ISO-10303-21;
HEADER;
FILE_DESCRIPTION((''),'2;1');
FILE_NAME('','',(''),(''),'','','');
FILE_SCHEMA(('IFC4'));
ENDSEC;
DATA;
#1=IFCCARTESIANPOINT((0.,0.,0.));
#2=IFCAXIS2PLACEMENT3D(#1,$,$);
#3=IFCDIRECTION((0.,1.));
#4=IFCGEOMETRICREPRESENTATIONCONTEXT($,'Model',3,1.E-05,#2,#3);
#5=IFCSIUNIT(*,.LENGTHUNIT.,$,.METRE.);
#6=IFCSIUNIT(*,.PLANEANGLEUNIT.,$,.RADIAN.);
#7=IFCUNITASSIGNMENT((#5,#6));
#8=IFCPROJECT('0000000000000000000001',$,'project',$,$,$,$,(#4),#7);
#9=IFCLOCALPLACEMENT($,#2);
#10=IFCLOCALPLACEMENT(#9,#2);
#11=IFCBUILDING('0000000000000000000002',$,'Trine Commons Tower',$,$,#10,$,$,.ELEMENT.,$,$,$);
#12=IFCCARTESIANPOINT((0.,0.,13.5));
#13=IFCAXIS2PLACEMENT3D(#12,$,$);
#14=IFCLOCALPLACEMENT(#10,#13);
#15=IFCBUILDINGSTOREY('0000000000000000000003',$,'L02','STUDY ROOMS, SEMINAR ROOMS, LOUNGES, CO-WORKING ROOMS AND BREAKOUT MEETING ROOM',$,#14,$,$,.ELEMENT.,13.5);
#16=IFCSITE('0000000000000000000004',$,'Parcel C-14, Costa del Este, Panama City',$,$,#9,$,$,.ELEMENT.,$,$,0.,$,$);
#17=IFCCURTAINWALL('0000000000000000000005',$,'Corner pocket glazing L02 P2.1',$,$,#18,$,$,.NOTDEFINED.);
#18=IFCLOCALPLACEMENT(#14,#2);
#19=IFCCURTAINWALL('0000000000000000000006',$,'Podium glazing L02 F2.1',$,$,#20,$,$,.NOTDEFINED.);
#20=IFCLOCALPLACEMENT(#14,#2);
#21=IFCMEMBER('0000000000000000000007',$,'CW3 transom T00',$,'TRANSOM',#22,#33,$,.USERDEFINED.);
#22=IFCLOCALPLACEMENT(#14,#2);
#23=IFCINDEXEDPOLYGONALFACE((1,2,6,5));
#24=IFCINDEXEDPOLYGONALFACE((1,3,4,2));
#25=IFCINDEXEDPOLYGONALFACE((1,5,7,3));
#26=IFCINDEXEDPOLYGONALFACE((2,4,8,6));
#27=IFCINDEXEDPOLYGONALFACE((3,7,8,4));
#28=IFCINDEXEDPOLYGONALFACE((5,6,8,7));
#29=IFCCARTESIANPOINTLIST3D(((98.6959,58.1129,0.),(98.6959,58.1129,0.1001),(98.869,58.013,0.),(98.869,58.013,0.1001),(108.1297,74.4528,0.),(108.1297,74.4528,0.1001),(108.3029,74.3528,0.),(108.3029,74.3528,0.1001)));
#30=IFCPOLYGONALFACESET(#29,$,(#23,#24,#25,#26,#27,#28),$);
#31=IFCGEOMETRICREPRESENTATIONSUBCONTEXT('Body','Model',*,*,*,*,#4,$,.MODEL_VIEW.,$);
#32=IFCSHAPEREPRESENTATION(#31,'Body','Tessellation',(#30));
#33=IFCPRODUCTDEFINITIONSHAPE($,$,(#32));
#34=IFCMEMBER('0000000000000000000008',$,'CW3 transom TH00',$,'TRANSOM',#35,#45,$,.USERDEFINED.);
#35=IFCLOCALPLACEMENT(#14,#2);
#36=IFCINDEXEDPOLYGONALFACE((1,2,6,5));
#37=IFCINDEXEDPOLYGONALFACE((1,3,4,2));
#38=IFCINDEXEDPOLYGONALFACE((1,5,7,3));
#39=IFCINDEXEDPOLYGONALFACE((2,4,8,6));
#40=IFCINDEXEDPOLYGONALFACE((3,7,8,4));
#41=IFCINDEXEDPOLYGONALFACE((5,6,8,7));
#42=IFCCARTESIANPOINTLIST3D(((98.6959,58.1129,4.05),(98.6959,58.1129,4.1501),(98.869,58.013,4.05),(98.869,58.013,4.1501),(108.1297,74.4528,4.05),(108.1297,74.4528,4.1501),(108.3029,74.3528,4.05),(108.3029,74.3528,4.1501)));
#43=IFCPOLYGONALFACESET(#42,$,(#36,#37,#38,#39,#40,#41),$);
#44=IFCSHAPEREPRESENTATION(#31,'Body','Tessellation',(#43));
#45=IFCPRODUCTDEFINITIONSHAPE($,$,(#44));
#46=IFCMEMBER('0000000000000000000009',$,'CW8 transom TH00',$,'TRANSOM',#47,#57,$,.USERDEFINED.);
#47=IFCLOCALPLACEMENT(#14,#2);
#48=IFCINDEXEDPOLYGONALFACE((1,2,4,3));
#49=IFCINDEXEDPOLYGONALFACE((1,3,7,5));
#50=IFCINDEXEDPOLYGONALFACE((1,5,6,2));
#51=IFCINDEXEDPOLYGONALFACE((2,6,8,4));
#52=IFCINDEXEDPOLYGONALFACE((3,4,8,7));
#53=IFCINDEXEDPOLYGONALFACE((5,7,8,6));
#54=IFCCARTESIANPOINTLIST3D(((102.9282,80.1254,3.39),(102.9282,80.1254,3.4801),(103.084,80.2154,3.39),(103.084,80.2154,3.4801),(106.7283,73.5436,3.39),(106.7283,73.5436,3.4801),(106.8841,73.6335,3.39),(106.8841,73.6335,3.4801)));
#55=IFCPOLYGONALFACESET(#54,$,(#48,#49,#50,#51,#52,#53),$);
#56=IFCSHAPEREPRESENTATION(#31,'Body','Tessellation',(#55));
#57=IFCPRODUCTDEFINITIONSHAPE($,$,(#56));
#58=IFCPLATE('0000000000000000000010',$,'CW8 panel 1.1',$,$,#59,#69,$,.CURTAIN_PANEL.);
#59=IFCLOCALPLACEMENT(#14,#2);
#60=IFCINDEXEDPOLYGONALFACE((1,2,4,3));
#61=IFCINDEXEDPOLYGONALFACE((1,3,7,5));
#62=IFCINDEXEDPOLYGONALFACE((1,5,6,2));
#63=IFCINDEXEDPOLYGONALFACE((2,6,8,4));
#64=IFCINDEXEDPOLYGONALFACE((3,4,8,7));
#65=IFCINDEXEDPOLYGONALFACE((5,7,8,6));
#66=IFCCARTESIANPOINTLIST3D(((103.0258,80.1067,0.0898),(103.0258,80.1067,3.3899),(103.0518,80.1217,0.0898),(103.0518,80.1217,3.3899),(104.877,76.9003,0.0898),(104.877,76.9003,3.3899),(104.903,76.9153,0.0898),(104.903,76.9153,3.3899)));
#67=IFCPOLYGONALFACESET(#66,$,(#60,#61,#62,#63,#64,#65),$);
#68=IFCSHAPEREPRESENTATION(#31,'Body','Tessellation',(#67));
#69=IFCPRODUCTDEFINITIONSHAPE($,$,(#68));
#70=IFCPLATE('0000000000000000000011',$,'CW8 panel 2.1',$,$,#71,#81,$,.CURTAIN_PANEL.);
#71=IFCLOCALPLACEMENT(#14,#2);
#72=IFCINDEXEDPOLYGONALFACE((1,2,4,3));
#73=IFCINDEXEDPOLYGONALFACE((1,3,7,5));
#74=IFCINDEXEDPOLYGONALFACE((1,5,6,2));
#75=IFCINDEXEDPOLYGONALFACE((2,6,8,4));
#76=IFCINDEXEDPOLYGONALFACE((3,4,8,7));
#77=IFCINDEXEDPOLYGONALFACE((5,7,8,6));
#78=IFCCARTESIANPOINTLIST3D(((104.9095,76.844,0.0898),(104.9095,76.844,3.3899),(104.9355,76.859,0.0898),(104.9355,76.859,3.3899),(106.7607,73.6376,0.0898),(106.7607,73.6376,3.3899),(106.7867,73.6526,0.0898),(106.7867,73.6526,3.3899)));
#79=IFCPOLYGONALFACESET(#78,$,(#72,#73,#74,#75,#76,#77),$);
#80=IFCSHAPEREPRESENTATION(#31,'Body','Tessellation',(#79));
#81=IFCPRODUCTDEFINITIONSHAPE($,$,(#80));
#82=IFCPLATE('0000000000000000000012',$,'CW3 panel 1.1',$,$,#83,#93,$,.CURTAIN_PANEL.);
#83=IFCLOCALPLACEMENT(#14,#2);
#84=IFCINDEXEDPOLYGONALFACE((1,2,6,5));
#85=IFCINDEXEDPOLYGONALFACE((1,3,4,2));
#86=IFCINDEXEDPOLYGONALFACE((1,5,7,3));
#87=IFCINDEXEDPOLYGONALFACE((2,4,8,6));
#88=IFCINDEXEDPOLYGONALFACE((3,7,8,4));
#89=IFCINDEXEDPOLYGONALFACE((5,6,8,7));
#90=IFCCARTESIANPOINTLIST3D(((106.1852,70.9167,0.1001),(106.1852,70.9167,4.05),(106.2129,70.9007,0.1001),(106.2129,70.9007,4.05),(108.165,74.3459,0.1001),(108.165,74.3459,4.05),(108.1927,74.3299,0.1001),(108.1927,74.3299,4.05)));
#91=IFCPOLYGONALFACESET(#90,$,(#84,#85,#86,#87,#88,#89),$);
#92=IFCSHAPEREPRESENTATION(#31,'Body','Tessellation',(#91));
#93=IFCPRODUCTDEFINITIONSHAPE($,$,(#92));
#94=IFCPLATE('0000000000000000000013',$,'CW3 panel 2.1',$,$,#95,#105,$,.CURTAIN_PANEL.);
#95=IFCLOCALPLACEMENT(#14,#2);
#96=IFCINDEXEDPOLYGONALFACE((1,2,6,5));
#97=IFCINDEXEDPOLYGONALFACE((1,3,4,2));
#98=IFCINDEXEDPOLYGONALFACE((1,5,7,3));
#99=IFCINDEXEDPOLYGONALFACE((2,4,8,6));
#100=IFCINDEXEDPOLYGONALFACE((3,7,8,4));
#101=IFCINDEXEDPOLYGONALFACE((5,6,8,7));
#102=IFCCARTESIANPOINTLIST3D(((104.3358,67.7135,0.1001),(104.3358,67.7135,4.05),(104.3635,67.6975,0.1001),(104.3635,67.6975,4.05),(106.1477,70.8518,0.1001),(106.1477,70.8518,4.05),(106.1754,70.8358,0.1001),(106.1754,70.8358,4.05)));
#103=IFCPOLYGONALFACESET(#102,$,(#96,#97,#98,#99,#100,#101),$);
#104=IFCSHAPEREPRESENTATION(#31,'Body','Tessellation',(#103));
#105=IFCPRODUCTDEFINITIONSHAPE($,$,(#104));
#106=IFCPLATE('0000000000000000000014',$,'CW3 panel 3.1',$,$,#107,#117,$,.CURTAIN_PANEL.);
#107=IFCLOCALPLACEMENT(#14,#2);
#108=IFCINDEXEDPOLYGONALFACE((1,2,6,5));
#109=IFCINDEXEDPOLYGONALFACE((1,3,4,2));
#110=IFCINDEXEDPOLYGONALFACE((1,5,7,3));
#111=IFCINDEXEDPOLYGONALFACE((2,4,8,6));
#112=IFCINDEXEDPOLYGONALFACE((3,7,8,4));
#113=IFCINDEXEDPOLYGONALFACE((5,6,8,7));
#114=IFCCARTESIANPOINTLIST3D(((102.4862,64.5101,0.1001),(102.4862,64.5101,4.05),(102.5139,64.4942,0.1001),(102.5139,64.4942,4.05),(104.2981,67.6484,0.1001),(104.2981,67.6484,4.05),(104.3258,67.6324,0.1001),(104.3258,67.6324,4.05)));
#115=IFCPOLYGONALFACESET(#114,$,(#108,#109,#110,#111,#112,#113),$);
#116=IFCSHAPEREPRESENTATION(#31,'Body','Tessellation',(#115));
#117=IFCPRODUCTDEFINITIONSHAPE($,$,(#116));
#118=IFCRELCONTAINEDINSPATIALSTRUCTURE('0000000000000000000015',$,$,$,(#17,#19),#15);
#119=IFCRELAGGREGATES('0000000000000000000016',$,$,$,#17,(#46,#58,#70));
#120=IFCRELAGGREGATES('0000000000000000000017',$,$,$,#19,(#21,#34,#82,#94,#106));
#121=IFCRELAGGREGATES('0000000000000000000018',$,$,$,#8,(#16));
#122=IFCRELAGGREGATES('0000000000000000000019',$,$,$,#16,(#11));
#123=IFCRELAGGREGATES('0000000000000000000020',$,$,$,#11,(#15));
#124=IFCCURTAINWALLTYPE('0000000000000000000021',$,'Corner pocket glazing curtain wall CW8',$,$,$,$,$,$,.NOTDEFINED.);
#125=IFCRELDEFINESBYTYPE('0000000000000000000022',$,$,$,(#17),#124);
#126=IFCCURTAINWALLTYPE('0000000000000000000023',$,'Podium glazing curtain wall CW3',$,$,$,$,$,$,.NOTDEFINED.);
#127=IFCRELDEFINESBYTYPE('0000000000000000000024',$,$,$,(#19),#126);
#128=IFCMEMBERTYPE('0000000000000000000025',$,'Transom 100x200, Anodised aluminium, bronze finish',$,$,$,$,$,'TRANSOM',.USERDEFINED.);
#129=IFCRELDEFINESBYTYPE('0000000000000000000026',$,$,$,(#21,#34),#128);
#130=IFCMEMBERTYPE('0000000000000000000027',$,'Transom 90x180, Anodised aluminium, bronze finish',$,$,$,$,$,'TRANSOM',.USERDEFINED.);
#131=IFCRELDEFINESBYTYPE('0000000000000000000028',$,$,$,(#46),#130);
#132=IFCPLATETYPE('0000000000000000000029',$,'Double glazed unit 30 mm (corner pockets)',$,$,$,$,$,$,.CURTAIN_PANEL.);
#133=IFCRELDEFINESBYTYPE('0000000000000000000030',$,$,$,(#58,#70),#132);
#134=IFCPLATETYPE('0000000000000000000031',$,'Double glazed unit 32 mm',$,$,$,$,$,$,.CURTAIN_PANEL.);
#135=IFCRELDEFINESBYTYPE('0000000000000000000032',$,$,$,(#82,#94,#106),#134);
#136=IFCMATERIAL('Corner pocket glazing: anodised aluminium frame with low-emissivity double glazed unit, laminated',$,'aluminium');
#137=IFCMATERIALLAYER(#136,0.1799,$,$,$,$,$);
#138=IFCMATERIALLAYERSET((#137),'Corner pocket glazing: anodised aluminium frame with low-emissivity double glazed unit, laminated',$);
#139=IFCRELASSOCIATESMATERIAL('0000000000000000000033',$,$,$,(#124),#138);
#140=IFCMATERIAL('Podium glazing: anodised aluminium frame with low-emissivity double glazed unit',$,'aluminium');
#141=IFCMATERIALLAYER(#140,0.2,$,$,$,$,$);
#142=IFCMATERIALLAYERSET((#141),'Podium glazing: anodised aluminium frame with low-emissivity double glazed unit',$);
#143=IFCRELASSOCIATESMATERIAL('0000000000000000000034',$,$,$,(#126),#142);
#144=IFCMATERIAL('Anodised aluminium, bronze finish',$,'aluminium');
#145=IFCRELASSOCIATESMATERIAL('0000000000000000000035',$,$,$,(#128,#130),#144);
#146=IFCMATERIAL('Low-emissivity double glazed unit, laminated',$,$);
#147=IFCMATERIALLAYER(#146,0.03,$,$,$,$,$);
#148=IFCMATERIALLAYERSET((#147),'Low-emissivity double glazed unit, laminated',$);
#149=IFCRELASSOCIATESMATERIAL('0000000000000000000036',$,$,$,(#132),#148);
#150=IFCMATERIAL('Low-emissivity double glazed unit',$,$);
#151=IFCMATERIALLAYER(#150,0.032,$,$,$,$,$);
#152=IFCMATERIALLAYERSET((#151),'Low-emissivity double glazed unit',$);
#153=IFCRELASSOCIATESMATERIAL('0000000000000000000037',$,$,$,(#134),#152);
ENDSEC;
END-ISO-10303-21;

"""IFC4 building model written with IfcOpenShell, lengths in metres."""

from ifc_helpers import new_model, si_unit, direction, frame, origin, origin_2d, place, context, subcontext, project, spatial, rectangle, extrude, material, layer, layer_set, material_profile, profile_set, type_object, element, aggregate, save


model = new_model("IFC4")

# Units and contexts
model_context = context("Model", 3, precision=1e-05, world=origin(), true_north=direction((0.0, 1.0)))
body_context = subcontext(model_context, "Body", "Model", "MODEL_VIEW")
ifc_project = project(units=[si_unit("LENGTHUNIT", "METRE"), si_unit("PLANEANGLEUNIT", "RADIAN")], contexts=[model_context])

# Site, building, storey
site_placement = place(None, origin())
site = spatial("IfcSite", under=ifc_project, at=site_placement, Name="Parcel C-14, Costa del Este, Panama City", CompositionType="ELEMENT", RefElevation=0.0)
building_placement = place(site_placement, origin())
building = spatial("IfcBuilding", under=site, at=building_placement, Name="Trine Commons Tower", CompositionType="ELEMENT")
storey_placement = place(building_placement, frame((0.0, 0.0, 13.5)))
storey = spatial("IfcBuildingStorey", under=building, at=storey_placement, Name="L02", Description="STUDY ROOMS, SEMINAR ROOMS, LOUNGES, CO-WORKING ROOMS AND BREAKOUT MEETING ROOM", CompositionType="ELEMENT", Elevation=13.5)

# Curtain wall
ifc_material_1 = material(Name="Corner pocket glazing: anodised aluminium frame with low-emissivity double glazed unit, laminated", Category="aluminium")
ifc_layer_1 = layer(ifc_material_1, 0.1799)
ifc_layer_set_1 = layer_set([ifc_layer_1], Name="Corner pocket glazing: anodised aluminium frame with low-emissivity double glazed unit, laminated")
curtain_wall_type_1 = type_object("IfcCurtainWallType", Name="Corner pocket glazing curtain wall CW8", PredefinedType="NOTDEFINED", material=ifc_layer_set_1)
curtain_wall_1_placement = place(storey_placement, origin())
curtain_wall_1 = element("IfcCurtainWall", 1, at=curtain_wall_1_placement, inside=storey, type_object=curtain_wall_type_1, Name="Corner pocket glazing L02 P2.1", PredefinedType="NOTDEFINED")
ifc_material_2 = material(Name="Anodised aluminium, bronze finish", Category="aluminium")

# Shared definitions
ifc_material_3 = material(Name="Podium glazing: anodised aluminium frame with low-emissivity double glazed unit", Category="aluminium")
ifc_layer_2 = layer(ifc_material_3, 0.2)
ifc_layer_set_2 = layer_set([ifc_layer_2], Name="Podium glazing: anodised aluminium frame with low-emissivity double glazed unit")
curtain_wall_type_2 = type_object("IfcCurtainWallType", Name="Podium glazing curtain wall CW3", PredefinedType="NOTDEFINED", material=ifc_layer_set_2)

# Curtain wall
curtain_wall_2_placement = place(storey_placement, origin())
curtain_wall_2 = element("IfcCurtainWall", 2, at=curtain_wall_2_placement, inside=storey, type_object=curtain_wall_type_2, Name="Podium glazing L02 F2.1", PredefinedType="NOTDEFINED")

# Members
ifc_material_profile_1 = material_profile(ifc_material_2, rectangle(XDim=0.2, YDim=0.1001, at=origin_2d()), Name="Transom 100x200")
ifc_profile_set_1 = profile_set([ifc_material_profile_1], Name="Anodised aluminium, bronze finish")
member_type_1 = type_object("IfcMemberType", Name="Transom 100x200, Anodised aluminium, bronze finish", ElementType="TRANSOM", PredefinedType="USERDEFINED", material=ifc_profile_set_1)
member_1_placement = place(storey_placement, frame((108.2163, 74.4028, 0.05), z_axis=(-0.500001, -0.866025, 0.0), x_axis=(0.866025, -0.500001, 0.0)))
member_1 = element("IfcMember", 3, at=member_1_placement, type_object=member_type_1, Name="CW3 transom T00", ObjectType="TRANSOM", PredefinedType="USERDEFINED", context=body_context, shape_type="SweptSolid", body=[
    extrude(rectangle(XDim=0.2, YDim=0.1001, at=origin_2d()), origin(), (0.0, 0.0, 1.0), 18.8677),
])
member_2_placement = place(storey_placement, frame((108.2163, 74.4028, 4.1001), z_axis=(-0.500001, -0.866025, 0.0), x_axis=(0.866025, -0.500001, 0.0)))
member_2 = element("IfcMember", 4, at=member_2_placement, type_object=member_type_1, Name="CW3 transom TH00", ObjectType="TRANSOM", PredefinedType="USERDEFINED", context=body_context, shape_type="SweptSolid", body=[
    extrude(rectangle(XDim=0.2, YDim=0.1001, at=origin_2d()), origin(), (0.0, 0.0, 1.0), 18.8677),
])
ifc_material_profile_2 = material_profile(ifc_material_2, rectangle(XDim=0.1799, YDim=0.0901, at=origin_2d()), Name="Transom 90x180")
ifc_profile_set_2 = profile_set([ifc_material_profile_2], Name="Anodised aluminium, bronze finish")
member_type_2 = type_object("IfcMemberType", Name="Transom 90x180, Anodised aluminium, bronze finish", ElementType="TRANSOM", PredefinedType="USERDEFINED", material=ifc_profile_set_2)
member_3_placement = place(storey_placement, frame((103.0061, 80.1704, 3.4351), z_axis=(0.500005, -0.866022, 0.0), x_axis=(0.866022, 0.500005, 0.0)))
member_3 = element("IfcMember", 5, at=member_3_placement, type_object=member_type_2, Name="CW8 transom TH00", ObjectType="TRANSOM", PredefinedType="USERDEFINED", context=body_context, shape_type="SweptSolid", body=[
    extrude(rectangle(XDim=0.1799, YDim=0.0901, at=origin_2d()), origin(), (0.0, 0.0, 1.0), 7.6001),
])

# Plates
ifc_material_4 = material(Name="Low-emissivity double glazed unit, laminated")
ifc_layer_3 = layer(ifc_material_4, 0.03)
ifc_layer_set_3 = layer_set([ifc_layer_3], Name="Low-emissivity double glazed unit, laminated")
plate_type_1 = type_object("IfcPlateType", Name="Double glazed unit 30 mm (corner pockets)", PredefinedType="CURTAIN_PANEL", material=ifc_layer_set_3)
plate_1_placement = place(storey_placement, frame((103.9644, 78.511, 0.0898), z_axis=(0.0, 0.0, 1.0), x_axis=(0.5, -0.866025, 0.0)))
plate_1 = element("IfcPlate", 6, at=plate_1_placement, type_object=plate_type_1, Name="CW8 panel 1.1", PredefinedType="CURTAIN_PANEL", context=body_context, shape_type="SweptSolid", body=[
    extrude(rectangle(XDim=3.7024, YDim=0.03, at=origin_2d()), origin(), (0.0, 0.0, 1.0), 3.3),
])
plate_2_placement = place(storey_placement, frame((105.8481, 75.2483, 0.0898), z_axis=(0.0, 0.0, 1.0), x_axis=(0.5, -0.866025, 0.0)))
plate_2 = element("IfcPlate", 7, at=plate_2_placement, type_object=plate_type_1, Name="CW8 panel 2.1", PredefinedType="CURTAIN_PANEL", context=body_context, shape_type="SweptSolid", body=[
    extrude(rectangle(XDim=3.7024, YDim=0.03, at=origin_2d()), origin(), (0.0, 0.0, 1.0), 3.3),
])
aggregate(curtain_wall_1, [member_3, plate_1, plate_2])
ifc_material_5 = material(Name="Low-emissivity double glazed unit")
ifc_layer_4 = layer(ifc_material_5, 0.032)
ifc_layer_set_4 = layer_set([ifc_layer_4], Name="Low-emissivity double glazed unit")
plate_type_2 = type_object("IfcPlateType", Name="Double glazed unit 32 mm", PredefinedType="CURTAIN_PANEL", material=ifc_layer_set_4)
plate_3_placement = place(storey_placement, frame((107.189, 72.6233, 0.1001), z_axis=(0.0, 0.0, 1.0), x_axis=(-0.5, -0.866025, 0.0)))
plate_3 = element("IfcPlate", 8, at=plate_3_placement, type_object=plate_type_2, Name="CW3 panel 1.1", PredefinedType="CURTAIN_PANEL", context=body_context, shape_type="SweptSolid", body=[
    extrude(rectangle(XDim=3.9597, YDim=0.032, at=origin_2d()), origin(), (0.0, 0.0, 1.0), 3.95),
])
plate_4_placement = place(storey_placement, frame((105.2556, 69.2747, 0.1001), z_axis=(0.0, 0.0, 1.0), x_axis=(-0.5, -0.866025, 0.0)))
plate_4 = element("IfcPlate", 9, at=plate_4_placement, type_object=plate_type_2, Name="CW3 panel 2.1", PredefinedType="CURTAIN_PANEL", context=body_context, shape_type="SweptSolid", body=[
    extrude(rectangle(XDim=3.6238, YDim=0.032, at=origin_2d()), origin(), (0.0, 0.0, 1.0), 3.95),
])
plate_5_placement = place(storey_placement, frame((103.406, 66.0713, 0.1001), z_axis=(0.0, 0.0, 1.0), x_axis=(-0.5, -0.866025, 0.0)))
plate_5 = element("IfcPlate", 10, at=plate_5_placement, type_object=plate_type_2, Name="CW3 panel 3.1", PredefinedType="CURTAIN_PANEL", context=body_context, shape_type="SweptSolid", body=[
    extrude(rectangle(XDim=3.6238, YDim=0.032, at=origin_2d()), origin(), (0.0, 0.0, 1.0), 3.95),
])
aggregate(curtain_wall_2, [member_1, member_2, plate_3, plate_4, plate_5])

save(model, "model.ifc")
